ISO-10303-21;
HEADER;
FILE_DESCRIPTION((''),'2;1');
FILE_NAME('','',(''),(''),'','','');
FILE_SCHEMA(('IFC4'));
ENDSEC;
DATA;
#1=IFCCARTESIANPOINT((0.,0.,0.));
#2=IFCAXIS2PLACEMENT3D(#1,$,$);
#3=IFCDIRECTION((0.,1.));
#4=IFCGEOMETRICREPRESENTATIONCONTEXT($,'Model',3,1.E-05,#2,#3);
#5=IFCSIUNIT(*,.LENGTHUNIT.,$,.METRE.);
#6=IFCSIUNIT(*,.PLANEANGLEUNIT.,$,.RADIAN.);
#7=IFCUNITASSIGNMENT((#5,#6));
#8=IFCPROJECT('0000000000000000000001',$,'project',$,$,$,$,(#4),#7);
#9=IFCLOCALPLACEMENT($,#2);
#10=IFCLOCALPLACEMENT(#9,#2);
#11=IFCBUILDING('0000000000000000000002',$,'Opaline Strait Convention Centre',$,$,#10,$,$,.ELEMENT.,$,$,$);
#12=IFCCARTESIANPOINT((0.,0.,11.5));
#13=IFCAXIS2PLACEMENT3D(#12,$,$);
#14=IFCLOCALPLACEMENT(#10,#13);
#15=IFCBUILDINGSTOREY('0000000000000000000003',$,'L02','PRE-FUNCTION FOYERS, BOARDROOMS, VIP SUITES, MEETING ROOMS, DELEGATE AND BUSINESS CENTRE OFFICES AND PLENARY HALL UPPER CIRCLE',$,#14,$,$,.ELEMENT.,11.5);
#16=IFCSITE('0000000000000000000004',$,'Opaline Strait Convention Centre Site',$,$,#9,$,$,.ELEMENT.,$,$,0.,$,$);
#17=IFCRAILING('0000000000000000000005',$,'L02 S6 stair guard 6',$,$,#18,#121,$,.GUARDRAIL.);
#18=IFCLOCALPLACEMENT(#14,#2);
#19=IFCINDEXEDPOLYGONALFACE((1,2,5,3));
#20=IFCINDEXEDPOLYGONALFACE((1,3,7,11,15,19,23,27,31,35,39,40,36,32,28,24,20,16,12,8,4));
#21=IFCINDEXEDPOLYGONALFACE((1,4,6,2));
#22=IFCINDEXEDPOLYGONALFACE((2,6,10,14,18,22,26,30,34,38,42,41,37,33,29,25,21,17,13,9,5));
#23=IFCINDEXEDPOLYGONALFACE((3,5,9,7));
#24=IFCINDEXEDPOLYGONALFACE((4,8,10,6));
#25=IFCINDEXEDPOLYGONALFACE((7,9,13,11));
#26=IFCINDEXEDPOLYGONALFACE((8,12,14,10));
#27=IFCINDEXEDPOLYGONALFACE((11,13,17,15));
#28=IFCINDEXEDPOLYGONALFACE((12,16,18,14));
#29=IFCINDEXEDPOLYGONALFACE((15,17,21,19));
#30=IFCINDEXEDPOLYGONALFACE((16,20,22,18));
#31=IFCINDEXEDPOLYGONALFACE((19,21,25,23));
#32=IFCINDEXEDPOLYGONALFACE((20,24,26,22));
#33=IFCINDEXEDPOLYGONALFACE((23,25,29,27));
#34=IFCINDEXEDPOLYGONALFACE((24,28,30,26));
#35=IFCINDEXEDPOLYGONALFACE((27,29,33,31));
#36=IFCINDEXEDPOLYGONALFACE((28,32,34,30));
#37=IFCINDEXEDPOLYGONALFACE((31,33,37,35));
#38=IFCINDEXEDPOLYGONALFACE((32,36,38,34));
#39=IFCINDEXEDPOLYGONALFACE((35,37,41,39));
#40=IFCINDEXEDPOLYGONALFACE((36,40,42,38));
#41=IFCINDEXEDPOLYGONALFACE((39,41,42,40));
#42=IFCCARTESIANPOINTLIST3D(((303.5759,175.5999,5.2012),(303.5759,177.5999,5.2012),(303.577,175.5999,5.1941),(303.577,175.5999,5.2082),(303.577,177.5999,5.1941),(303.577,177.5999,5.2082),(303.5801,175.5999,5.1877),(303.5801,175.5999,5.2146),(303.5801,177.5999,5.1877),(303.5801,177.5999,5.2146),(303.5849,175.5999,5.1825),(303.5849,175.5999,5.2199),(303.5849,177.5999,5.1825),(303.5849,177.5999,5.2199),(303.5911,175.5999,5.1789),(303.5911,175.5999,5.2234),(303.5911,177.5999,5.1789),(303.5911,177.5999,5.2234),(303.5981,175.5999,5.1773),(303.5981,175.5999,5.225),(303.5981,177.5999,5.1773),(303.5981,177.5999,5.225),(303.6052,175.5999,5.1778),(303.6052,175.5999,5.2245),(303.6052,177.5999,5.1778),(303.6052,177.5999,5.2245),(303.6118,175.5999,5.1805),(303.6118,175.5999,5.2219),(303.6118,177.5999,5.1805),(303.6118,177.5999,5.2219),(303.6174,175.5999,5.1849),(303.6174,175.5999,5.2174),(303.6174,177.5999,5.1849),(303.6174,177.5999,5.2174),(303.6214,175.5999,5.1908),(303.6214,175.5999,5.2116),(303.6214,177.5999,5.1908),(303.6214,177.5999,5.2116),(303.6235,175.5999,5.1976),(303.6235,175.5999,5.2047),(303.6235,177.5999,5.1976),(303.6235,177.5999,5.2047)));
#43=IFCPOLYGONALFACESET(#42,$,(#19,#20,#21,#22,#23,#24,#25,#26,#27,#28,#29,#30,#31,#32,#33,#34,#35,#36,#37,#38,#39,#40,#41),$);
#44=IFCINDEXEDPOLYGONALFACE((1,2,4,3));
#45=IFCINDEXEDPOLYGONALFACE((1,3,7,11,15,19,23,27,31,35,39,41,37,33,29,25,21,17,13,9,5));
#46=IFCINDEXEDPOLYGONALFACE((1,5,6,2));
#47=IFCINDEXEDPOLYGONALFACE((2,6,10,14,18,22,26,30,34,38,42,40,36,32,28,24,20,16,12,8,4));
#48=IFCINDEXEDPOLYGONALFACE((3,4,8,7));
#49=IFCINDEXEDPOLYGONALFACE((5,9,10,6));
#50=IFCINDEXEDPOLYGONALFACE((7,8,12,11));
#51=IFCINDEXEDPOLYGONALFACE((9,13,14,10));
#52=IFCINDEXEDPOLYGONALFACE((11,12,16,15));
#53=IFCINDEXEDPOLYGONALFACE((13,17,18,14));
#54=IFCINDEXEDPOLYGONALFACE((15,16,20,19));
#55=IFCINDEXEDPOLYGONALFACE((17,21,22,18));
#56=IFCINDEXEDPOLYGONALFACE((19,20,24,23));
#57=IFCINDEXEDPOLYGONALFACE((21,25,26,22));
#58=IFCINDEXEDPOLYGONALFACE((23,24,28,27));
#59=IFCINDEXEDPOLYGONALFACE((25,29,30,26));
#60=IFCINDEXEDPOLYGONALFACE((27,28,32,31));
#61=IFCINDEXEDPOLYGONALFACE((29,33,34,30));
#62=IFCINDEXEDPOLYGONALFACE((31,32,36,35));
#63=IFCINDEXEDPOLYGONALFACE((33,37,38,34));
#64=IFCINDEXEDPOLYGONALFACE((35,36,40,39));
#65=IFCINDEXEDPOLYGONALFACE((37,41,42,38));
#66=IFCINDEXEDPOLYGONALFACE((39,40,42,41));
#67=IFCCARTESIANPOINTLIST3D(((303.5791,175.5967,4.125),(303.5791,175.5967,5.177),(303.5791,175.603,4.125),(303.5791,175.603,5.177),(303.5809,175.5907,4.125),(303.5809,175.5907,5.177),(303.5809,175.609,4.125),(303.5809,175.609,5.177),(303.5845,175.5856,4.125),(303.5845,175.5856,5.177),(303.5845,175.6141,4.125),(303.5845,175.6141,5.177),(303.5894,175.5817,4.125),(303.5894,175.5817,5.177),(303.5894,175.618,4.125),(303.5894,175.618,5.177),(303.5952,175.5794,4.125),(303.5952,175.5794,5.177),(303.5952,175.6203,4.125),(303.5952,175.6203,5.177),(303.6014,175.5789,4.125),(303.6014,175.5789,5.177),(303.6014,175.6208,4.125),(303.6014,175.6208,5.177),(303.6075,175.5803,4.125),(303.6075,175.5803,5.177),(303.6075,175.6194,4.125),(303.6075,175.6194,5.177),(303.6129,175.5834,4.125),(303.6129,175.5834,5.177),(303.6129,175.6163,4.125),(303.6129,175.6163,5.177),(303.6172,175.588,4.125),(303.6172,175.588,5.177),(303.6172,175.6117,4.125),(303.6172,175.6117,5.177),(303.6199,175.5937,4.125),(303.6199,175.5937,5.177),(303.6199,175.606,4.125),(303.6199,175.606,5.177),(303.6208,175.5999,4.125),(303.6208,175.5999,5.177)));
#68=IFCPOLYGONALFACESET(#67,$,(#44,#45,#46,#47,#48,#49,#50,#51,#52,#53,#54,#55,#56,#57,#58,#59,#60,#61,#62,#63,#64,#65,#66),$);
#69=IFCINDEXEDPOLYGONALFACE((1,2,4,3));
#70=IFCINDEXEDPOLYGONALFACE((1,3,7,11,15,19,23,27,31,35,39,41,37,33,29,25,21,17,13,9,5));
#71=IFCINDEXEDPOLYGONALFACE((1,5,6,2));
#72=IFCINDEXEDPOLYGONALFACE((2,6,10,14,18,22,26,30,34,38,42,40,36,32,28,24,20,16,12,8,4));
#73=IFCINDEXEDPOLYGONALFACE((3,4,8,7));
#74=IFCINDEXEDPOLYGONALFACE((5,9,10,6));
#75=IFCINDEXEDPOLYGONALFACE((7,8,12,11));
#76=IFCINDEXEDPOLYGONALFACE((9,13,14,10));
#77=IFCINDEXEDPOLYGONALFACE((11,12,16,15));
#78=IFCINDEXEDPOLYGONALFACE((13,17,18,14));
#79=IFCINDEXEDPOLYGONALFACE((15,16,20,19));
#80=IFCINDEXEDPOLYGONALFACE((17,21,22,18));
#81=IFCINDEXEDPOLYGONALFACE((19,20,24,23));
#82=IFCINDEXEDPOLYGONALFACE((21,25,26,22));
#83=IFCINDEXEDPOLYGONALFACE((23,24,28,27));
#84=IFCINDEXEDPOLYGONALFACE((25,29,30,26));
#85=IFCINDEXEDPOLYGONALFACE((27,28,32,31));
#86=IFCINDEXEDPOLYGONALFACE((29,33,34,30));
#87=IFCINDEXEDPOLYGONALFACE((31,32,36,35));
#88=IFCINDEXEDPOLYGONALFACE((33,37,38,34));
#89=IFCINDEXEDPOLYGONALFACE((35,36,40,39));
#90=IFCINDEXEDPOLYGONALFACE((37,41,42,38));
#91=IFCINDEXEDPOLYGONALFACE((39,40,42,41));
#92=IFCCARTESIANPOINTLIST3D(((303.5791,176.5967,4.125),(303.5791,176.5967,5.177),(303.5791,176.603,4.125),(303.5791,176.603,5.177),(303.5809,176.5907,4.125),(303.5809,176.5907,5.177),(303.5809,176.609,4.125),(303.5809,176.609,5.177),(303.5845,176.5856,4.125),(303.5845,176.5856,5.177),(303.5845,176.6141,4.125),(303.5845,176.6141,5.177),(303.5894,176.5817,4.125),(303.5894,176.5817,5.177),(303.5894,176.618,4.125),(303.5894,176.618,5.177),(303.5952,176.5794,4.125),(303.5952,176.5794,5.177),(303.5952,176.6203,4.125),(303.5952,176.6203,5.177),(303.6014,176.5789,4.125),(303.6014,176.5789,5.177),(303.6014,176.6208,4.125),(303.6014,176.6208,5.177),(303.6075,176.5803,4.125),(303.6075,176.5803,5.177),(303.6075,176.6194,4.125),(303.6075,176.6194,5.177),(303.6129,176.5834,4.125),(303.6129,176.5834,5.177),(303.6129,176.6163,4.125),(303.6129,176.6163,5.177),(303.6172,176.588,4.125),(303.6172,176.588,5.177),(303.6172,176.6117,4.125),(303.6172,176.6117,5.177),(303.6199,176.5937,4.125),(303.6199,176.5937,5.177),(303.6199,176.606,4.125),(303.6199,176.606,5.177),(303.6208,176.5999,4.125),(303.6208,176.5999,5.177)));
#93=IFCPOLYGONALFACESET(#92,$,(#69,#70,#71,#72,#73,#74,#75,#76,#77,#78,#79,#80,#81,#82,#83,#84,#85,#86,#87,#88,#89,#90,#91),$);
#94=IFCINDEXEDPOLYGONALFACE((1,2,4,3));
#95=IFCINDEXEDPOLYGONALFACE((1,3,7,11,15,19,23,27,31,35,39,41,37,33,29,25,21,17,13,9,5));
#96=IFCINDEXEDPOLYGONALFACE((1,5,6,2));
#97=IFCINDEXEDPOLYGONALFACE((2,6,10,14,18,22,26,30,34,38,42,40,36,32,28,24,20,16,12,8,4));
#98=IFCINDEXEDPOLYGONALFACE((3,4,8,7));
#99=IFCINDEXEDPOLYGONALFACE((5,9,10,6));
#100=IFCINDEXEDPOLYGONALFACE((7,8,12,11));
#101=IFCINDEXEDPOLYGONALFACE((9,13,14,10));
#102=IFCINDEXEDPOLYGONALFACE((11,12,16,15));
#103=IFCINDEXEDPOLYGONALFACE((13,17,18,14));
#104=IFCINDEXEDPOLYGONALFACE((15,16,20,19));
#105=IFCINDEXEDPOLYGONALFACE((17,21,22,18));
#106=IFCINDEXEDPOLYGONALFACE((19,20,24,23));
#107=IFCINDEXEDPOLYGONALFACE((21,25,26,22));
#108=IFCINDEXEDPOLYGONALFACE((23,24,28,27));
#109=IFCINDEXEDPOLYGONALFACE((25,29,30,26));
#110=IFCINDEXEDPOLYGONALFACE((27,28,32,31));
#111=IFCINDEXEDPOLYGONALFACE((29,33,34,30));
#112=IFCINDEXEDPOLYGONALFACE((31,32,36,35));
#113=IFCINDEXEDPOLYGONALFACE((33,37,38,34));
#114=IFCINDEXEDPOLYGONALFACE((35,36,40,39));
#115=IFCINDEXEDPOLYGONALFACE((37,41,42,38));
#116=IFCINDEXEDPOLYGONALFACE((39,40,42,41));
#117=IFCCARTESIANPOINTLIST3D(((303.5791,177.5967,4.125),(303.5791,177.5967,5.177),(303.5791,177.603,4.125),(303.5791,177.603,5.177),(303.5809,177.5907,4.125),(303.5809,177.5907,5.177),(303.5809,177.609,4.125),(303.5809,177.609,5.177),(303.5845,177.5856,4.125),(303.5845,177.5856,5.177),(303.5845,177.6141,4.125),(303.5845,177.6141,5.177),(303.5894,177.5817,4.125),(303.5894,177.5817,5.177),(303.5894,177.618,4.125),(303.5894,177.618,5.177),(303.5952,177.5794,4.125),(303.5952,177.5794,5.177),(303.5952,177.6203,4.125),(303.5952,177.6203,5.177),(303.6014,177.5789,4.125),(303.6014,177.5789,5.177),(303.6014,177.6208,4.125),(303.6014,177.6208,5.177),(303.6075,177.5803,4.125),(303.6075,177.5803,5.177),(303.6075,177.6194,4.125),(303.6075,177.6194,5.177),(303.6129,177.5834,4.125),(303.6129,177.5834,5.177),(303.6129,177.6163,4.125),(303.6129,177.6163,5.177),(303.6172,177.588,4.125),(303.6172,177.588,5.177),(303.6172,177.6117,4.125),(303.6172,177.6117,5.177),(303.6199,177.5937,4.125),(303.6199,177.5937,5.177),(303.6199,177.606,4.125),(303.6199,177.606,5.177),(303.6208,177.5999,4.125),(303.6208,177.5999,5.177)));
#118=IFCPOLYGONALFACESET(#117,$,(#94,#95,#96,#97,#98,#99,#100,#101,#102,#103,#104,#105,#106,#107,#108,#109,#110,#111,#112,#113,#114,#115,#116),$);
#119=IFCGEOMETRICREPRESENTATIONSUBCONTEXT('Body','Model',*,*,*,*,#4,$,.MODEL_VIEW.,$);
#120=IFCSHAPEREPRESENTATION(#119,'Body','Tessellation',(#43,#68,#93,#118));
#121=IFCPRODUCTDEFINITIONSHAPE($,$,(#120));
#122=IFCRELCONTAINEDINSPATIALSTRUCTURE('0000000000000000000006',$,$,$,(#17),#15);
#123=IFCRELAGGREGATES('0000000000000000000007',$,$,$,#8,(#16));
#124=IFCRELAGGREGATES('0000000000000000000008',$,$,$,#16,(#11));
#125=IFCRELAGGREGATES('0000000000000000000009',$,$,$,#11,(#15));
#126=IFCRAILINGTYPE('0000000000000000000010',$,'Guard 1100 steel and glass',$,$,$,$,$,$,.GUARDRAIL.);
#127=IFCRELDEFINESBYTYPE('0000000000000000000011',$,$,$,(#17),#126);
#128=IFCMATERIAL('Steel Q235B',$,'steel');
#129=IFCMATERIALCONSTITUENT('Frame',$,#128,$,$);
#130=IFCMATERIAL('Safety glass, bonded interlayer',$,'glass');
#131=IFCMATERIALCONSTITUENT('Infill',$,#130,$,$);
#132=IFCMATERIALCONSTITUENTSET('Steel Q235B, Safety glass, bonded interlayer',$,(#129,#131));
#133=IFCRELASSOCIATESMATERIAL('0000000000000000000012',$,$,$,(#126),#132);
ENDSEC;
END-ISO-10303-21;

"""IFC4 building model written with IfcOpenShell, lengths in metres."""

from ifc_helpers import new_model, si_unit, direction, frame, origin, origin_2d, place, context, subcontext, project, spatial, circle, extrude, material, constituent, constituent_set, type_object, element, save


model = new_model("IFC4")

# Units and contexts
model_context = context("Model", 3, precision=1e-05, world=origin(), true_north=direction((0.0, 1.0)))
body_context = subcontext(model_context, "Body", "Model", "MODEL_VIEW")
ifc_project = project(units=[si_unit("LENGTHUNIT", "METRE"), si_unit("PLANEANGLEUNIT", "RADIAN")], contexts=[model_context])

# Site, building, storey
site_placement = place(None, origin())
site = spatial("IfcSite", under=ifc_project, at=site_placement, Name="Opaline Strait Convention Centre Site", CompositionType="ELEMENT", RefElevation=0.0)
building_placement = place(site_placement, origin())
building = spatial("IfcBuilding", under=site, at=building_placement, Name="Opaline Strait Convention Centre", CompositionType="ELEMENT")
storey_placement = place(building_placement, frame((0.0, 0.0, 11.5)))
storey = spatial("IfcBuildingStorey", under=building, at=storey_placement, Name="L02", Description="PRE-FUNCTION FOYERS, BOARDROOMS, VIP SUITES, MEETING ROOMS, DELEGATE AND BUSINESS CENTRE OFFICES AND PLENARY HALL UPPER CIRCLE", CompositionType="ELEMENT", Elevation=11.5)

# Shared definitions
ifc_material_1 = material(Name="Steel Q235B", Category="steel")

# Railing
ifc_constituent_1 = constituent(ifc_material_1, Name="Frame")
ifc_material_2 = material(Name="Safety glass, bonded interlayer", Category="glass")
ifc_constituent_2 = constituent(ifc_material_2, Name="Infill")
ifc_constituent_set = constituent_set(constituents=[ifc_constituent_1, ifc_constituent_2], Name="Steel Q235B, Safety glass, bonded interlayer")
railing_type_1 = type_object("IfcRailingType", Name="Guard 1100 steel and glass", PredefinedType="GUARDRAIL", material=ifc_constituent_set)
for number, where, name in (
    (1, (303.5999, 175.5999, 4.125), "L02 S6 stair guard 6"),
):
    element("IfcRailing", number, at=place(storey_placement, frame(where)), inside=storey, type_object=railing_type_1, Name=name, PredefinedType="GUARDRAIL", context=body_context, shape_type="SweptSolid", body=[
        extrude(circle(Radius=0.0239, at=origin_2d()), frame((0.0, 0.0, 1.0762), z_axis=(0.0, 1.0, 0.0), x_axis=(-1.0, 0.0, 0.0)), (0.0, 0.0, 1.0), 2.0),
        extrude(circle(Radius=0.021, at=origin_2d()), origin(), (0.0, 0.0, 1.0), 1.052),
        extrude(circle(Radius=0.021, at=origin_2d()), frame((0.0, 1.0, 0.0)), (0.0, 0.0, 1.0), 1.052),
        extrude(circle(Radius=0.021, at=origin_2d()), frame((0.0, 2.0, 0.0)), (0.0, 0.0, 1.0), 1.052),
    ])

save(model, "model.ifc")
